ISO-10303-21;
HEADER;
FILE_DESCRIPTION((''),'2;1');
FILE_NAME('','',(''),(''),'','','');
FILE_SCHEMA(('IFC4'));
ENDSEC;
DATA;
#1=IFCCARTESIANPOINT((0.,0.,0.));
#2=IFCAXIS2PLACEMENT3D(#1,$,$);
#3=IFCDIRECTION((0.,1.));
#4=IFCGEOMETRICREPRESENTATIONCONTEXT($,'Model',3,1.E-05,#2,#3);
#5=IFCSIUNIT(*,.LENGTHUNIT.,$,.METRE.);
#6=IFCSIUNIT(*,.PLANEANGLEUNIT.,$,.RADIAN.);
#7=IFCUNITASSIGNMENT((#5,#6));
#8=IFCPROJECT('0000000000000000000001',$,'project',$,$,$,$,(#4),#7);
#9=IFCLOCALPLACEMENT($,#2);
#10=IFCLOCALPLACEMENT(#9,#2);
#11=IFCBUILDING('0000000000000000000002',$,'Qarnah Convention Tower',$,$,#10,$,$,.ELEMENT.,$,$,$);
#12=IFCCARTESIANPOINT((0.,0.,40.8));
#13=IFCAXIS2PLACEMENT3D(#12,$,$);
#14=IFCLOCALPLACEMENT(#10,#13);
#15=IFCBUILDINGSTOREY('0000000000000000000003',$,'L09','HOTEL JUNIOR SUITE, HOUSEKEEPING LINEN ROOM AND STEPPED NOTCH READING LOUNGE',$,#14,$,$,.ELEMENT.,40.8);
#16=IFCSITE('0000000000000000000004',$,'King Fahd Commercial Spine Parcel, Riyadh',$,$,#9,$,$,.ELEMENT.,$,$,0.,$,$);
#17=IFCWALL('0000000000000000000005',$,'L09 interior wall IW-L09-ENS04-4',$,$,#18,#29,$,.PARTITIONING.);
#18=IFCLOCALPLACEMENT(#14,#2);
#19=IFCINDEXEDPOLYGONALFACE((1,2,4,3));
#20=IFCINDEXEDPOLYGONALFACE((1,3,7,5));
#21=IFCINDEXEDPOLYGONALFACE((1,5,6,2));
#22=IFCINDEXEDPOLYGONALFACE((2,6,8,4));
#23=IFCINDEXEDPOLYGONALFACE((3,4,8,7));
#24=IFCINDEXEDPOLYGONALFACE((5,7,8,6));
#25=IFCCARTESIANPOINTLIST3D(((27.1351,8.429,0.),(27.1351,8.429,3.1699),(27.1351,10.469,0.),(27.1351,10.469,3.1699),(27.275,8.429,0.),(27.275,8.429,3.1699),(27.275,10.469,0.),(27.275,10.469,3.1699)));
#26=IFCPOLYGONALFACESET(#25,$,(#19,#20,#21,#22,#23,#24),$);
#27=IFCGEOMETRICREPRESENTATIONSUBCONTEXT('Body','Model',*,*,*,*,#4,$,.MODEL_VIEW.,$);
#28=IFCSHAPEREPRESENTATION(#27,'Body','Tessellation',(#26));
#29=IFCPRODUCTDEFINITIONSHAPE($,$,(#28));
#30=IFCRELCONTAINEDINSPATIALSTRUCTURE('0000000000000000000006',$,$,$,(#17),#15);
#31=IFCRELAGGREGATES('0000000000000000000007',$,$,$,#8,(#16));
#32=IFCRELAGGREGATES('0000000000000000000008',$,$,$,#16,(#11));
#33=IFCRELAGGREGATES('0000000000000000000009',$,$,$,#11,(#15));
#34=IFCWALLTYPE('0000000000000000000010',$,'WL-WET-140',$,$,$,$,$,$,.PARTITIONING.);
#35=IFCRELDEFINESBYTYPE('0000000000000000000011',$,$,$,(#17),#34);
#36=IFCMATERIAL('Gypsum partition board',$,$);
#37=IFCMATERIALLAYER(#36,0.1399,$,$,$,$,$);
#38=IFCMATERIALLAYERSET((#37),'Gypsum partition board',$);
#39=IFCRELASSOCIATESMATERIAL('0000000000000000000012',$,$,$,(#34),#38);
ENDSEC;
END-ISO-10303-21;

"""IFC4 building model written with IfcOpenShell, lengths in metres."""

from ifc_helpers import new_model, si_unit, direction, frame, frame_2d, origin, place, context, subcontext, project, spatial, rectangle, extrude, material, layer, layer_set, type_object, element, save


model = new_model("IFC4")

# Units and contexts
model_context = context("Model", 3, precision=1e-05, world=origin(), true_north=direction((0.0, 1.0)))
body_context = subcontext(model_context, "Body", "Model", "MODEL_VIEW")
ifc_project = project(units=[si_unit("LENGTHUNIT", "METRE"), si_unit("PLANEANGLEUNIT", "RADIAN")], contexts=[model_context])

# Site, building, storey
site_placement = place(None, origin())
site = spatial("IfcSite", under=ifc_project, at=site_placement, Name="King Fahd Commercial Spine Parcel, Riyadh", CompositionType="ELEMENT", RefElevation=0.0)
building_placement = place(site_placement, origin())
building = spatial("IfcBuilding", under=site, at=building_placement, Name="Qarnah Convention Tower", CompositionType="ELEMENT")
storey_placement = place(building_placement, frame((0.0, 0.0, 40.8)))
storey = spatial("IfcBuildingStorey", under=building, at=storey_placement, Name="L09", Description="HOTEL JUNIOR SUITE, HOUSEKEEPING LINEN ROOM AND STEPPED NOTCH READING LOUNGE", CompositionType="ELEMENT", Elevation=40.8)

# Shared definitions
ifc_material_1 = material(Name="Gypsum partition board")

# Shared definitions
ifc_layer_1 = layer(ifc_material_1, 0.1399)
ifc_layer_set_1 = layer_set([ifc_layer_1], Name="Gypsum partition board")
wall_type_1 = type_object("IfcWallType", Name="WL-WET-140", PredefinedType="PARTITIONING", material=ifc_layer_set_1)

# Wall
wall_1_placement = place(storey_placement, frame((27.2051, 10.469, 0.0), z_axis=(0.0, 0.0, 1.0), x_axis=(0.0, -1.0, 0.0)))
element("IfcWall", 1, at=wall_1_placement, inside=storey, type_object=wall_type_1, Name="L09 interior wall IW-L09-ENS04-4", PredefinedType="PARTITIONING", context=body_context, shape_type="SweptSolid", body=[
    extrude(rectangle(XDim=2.04, YDim=0.1399, at=frame_2d((1.02, 0.0))), origin(), (0.0, 0.0, 1.0), 3.1699),
])

save(model, "model.ifc")
